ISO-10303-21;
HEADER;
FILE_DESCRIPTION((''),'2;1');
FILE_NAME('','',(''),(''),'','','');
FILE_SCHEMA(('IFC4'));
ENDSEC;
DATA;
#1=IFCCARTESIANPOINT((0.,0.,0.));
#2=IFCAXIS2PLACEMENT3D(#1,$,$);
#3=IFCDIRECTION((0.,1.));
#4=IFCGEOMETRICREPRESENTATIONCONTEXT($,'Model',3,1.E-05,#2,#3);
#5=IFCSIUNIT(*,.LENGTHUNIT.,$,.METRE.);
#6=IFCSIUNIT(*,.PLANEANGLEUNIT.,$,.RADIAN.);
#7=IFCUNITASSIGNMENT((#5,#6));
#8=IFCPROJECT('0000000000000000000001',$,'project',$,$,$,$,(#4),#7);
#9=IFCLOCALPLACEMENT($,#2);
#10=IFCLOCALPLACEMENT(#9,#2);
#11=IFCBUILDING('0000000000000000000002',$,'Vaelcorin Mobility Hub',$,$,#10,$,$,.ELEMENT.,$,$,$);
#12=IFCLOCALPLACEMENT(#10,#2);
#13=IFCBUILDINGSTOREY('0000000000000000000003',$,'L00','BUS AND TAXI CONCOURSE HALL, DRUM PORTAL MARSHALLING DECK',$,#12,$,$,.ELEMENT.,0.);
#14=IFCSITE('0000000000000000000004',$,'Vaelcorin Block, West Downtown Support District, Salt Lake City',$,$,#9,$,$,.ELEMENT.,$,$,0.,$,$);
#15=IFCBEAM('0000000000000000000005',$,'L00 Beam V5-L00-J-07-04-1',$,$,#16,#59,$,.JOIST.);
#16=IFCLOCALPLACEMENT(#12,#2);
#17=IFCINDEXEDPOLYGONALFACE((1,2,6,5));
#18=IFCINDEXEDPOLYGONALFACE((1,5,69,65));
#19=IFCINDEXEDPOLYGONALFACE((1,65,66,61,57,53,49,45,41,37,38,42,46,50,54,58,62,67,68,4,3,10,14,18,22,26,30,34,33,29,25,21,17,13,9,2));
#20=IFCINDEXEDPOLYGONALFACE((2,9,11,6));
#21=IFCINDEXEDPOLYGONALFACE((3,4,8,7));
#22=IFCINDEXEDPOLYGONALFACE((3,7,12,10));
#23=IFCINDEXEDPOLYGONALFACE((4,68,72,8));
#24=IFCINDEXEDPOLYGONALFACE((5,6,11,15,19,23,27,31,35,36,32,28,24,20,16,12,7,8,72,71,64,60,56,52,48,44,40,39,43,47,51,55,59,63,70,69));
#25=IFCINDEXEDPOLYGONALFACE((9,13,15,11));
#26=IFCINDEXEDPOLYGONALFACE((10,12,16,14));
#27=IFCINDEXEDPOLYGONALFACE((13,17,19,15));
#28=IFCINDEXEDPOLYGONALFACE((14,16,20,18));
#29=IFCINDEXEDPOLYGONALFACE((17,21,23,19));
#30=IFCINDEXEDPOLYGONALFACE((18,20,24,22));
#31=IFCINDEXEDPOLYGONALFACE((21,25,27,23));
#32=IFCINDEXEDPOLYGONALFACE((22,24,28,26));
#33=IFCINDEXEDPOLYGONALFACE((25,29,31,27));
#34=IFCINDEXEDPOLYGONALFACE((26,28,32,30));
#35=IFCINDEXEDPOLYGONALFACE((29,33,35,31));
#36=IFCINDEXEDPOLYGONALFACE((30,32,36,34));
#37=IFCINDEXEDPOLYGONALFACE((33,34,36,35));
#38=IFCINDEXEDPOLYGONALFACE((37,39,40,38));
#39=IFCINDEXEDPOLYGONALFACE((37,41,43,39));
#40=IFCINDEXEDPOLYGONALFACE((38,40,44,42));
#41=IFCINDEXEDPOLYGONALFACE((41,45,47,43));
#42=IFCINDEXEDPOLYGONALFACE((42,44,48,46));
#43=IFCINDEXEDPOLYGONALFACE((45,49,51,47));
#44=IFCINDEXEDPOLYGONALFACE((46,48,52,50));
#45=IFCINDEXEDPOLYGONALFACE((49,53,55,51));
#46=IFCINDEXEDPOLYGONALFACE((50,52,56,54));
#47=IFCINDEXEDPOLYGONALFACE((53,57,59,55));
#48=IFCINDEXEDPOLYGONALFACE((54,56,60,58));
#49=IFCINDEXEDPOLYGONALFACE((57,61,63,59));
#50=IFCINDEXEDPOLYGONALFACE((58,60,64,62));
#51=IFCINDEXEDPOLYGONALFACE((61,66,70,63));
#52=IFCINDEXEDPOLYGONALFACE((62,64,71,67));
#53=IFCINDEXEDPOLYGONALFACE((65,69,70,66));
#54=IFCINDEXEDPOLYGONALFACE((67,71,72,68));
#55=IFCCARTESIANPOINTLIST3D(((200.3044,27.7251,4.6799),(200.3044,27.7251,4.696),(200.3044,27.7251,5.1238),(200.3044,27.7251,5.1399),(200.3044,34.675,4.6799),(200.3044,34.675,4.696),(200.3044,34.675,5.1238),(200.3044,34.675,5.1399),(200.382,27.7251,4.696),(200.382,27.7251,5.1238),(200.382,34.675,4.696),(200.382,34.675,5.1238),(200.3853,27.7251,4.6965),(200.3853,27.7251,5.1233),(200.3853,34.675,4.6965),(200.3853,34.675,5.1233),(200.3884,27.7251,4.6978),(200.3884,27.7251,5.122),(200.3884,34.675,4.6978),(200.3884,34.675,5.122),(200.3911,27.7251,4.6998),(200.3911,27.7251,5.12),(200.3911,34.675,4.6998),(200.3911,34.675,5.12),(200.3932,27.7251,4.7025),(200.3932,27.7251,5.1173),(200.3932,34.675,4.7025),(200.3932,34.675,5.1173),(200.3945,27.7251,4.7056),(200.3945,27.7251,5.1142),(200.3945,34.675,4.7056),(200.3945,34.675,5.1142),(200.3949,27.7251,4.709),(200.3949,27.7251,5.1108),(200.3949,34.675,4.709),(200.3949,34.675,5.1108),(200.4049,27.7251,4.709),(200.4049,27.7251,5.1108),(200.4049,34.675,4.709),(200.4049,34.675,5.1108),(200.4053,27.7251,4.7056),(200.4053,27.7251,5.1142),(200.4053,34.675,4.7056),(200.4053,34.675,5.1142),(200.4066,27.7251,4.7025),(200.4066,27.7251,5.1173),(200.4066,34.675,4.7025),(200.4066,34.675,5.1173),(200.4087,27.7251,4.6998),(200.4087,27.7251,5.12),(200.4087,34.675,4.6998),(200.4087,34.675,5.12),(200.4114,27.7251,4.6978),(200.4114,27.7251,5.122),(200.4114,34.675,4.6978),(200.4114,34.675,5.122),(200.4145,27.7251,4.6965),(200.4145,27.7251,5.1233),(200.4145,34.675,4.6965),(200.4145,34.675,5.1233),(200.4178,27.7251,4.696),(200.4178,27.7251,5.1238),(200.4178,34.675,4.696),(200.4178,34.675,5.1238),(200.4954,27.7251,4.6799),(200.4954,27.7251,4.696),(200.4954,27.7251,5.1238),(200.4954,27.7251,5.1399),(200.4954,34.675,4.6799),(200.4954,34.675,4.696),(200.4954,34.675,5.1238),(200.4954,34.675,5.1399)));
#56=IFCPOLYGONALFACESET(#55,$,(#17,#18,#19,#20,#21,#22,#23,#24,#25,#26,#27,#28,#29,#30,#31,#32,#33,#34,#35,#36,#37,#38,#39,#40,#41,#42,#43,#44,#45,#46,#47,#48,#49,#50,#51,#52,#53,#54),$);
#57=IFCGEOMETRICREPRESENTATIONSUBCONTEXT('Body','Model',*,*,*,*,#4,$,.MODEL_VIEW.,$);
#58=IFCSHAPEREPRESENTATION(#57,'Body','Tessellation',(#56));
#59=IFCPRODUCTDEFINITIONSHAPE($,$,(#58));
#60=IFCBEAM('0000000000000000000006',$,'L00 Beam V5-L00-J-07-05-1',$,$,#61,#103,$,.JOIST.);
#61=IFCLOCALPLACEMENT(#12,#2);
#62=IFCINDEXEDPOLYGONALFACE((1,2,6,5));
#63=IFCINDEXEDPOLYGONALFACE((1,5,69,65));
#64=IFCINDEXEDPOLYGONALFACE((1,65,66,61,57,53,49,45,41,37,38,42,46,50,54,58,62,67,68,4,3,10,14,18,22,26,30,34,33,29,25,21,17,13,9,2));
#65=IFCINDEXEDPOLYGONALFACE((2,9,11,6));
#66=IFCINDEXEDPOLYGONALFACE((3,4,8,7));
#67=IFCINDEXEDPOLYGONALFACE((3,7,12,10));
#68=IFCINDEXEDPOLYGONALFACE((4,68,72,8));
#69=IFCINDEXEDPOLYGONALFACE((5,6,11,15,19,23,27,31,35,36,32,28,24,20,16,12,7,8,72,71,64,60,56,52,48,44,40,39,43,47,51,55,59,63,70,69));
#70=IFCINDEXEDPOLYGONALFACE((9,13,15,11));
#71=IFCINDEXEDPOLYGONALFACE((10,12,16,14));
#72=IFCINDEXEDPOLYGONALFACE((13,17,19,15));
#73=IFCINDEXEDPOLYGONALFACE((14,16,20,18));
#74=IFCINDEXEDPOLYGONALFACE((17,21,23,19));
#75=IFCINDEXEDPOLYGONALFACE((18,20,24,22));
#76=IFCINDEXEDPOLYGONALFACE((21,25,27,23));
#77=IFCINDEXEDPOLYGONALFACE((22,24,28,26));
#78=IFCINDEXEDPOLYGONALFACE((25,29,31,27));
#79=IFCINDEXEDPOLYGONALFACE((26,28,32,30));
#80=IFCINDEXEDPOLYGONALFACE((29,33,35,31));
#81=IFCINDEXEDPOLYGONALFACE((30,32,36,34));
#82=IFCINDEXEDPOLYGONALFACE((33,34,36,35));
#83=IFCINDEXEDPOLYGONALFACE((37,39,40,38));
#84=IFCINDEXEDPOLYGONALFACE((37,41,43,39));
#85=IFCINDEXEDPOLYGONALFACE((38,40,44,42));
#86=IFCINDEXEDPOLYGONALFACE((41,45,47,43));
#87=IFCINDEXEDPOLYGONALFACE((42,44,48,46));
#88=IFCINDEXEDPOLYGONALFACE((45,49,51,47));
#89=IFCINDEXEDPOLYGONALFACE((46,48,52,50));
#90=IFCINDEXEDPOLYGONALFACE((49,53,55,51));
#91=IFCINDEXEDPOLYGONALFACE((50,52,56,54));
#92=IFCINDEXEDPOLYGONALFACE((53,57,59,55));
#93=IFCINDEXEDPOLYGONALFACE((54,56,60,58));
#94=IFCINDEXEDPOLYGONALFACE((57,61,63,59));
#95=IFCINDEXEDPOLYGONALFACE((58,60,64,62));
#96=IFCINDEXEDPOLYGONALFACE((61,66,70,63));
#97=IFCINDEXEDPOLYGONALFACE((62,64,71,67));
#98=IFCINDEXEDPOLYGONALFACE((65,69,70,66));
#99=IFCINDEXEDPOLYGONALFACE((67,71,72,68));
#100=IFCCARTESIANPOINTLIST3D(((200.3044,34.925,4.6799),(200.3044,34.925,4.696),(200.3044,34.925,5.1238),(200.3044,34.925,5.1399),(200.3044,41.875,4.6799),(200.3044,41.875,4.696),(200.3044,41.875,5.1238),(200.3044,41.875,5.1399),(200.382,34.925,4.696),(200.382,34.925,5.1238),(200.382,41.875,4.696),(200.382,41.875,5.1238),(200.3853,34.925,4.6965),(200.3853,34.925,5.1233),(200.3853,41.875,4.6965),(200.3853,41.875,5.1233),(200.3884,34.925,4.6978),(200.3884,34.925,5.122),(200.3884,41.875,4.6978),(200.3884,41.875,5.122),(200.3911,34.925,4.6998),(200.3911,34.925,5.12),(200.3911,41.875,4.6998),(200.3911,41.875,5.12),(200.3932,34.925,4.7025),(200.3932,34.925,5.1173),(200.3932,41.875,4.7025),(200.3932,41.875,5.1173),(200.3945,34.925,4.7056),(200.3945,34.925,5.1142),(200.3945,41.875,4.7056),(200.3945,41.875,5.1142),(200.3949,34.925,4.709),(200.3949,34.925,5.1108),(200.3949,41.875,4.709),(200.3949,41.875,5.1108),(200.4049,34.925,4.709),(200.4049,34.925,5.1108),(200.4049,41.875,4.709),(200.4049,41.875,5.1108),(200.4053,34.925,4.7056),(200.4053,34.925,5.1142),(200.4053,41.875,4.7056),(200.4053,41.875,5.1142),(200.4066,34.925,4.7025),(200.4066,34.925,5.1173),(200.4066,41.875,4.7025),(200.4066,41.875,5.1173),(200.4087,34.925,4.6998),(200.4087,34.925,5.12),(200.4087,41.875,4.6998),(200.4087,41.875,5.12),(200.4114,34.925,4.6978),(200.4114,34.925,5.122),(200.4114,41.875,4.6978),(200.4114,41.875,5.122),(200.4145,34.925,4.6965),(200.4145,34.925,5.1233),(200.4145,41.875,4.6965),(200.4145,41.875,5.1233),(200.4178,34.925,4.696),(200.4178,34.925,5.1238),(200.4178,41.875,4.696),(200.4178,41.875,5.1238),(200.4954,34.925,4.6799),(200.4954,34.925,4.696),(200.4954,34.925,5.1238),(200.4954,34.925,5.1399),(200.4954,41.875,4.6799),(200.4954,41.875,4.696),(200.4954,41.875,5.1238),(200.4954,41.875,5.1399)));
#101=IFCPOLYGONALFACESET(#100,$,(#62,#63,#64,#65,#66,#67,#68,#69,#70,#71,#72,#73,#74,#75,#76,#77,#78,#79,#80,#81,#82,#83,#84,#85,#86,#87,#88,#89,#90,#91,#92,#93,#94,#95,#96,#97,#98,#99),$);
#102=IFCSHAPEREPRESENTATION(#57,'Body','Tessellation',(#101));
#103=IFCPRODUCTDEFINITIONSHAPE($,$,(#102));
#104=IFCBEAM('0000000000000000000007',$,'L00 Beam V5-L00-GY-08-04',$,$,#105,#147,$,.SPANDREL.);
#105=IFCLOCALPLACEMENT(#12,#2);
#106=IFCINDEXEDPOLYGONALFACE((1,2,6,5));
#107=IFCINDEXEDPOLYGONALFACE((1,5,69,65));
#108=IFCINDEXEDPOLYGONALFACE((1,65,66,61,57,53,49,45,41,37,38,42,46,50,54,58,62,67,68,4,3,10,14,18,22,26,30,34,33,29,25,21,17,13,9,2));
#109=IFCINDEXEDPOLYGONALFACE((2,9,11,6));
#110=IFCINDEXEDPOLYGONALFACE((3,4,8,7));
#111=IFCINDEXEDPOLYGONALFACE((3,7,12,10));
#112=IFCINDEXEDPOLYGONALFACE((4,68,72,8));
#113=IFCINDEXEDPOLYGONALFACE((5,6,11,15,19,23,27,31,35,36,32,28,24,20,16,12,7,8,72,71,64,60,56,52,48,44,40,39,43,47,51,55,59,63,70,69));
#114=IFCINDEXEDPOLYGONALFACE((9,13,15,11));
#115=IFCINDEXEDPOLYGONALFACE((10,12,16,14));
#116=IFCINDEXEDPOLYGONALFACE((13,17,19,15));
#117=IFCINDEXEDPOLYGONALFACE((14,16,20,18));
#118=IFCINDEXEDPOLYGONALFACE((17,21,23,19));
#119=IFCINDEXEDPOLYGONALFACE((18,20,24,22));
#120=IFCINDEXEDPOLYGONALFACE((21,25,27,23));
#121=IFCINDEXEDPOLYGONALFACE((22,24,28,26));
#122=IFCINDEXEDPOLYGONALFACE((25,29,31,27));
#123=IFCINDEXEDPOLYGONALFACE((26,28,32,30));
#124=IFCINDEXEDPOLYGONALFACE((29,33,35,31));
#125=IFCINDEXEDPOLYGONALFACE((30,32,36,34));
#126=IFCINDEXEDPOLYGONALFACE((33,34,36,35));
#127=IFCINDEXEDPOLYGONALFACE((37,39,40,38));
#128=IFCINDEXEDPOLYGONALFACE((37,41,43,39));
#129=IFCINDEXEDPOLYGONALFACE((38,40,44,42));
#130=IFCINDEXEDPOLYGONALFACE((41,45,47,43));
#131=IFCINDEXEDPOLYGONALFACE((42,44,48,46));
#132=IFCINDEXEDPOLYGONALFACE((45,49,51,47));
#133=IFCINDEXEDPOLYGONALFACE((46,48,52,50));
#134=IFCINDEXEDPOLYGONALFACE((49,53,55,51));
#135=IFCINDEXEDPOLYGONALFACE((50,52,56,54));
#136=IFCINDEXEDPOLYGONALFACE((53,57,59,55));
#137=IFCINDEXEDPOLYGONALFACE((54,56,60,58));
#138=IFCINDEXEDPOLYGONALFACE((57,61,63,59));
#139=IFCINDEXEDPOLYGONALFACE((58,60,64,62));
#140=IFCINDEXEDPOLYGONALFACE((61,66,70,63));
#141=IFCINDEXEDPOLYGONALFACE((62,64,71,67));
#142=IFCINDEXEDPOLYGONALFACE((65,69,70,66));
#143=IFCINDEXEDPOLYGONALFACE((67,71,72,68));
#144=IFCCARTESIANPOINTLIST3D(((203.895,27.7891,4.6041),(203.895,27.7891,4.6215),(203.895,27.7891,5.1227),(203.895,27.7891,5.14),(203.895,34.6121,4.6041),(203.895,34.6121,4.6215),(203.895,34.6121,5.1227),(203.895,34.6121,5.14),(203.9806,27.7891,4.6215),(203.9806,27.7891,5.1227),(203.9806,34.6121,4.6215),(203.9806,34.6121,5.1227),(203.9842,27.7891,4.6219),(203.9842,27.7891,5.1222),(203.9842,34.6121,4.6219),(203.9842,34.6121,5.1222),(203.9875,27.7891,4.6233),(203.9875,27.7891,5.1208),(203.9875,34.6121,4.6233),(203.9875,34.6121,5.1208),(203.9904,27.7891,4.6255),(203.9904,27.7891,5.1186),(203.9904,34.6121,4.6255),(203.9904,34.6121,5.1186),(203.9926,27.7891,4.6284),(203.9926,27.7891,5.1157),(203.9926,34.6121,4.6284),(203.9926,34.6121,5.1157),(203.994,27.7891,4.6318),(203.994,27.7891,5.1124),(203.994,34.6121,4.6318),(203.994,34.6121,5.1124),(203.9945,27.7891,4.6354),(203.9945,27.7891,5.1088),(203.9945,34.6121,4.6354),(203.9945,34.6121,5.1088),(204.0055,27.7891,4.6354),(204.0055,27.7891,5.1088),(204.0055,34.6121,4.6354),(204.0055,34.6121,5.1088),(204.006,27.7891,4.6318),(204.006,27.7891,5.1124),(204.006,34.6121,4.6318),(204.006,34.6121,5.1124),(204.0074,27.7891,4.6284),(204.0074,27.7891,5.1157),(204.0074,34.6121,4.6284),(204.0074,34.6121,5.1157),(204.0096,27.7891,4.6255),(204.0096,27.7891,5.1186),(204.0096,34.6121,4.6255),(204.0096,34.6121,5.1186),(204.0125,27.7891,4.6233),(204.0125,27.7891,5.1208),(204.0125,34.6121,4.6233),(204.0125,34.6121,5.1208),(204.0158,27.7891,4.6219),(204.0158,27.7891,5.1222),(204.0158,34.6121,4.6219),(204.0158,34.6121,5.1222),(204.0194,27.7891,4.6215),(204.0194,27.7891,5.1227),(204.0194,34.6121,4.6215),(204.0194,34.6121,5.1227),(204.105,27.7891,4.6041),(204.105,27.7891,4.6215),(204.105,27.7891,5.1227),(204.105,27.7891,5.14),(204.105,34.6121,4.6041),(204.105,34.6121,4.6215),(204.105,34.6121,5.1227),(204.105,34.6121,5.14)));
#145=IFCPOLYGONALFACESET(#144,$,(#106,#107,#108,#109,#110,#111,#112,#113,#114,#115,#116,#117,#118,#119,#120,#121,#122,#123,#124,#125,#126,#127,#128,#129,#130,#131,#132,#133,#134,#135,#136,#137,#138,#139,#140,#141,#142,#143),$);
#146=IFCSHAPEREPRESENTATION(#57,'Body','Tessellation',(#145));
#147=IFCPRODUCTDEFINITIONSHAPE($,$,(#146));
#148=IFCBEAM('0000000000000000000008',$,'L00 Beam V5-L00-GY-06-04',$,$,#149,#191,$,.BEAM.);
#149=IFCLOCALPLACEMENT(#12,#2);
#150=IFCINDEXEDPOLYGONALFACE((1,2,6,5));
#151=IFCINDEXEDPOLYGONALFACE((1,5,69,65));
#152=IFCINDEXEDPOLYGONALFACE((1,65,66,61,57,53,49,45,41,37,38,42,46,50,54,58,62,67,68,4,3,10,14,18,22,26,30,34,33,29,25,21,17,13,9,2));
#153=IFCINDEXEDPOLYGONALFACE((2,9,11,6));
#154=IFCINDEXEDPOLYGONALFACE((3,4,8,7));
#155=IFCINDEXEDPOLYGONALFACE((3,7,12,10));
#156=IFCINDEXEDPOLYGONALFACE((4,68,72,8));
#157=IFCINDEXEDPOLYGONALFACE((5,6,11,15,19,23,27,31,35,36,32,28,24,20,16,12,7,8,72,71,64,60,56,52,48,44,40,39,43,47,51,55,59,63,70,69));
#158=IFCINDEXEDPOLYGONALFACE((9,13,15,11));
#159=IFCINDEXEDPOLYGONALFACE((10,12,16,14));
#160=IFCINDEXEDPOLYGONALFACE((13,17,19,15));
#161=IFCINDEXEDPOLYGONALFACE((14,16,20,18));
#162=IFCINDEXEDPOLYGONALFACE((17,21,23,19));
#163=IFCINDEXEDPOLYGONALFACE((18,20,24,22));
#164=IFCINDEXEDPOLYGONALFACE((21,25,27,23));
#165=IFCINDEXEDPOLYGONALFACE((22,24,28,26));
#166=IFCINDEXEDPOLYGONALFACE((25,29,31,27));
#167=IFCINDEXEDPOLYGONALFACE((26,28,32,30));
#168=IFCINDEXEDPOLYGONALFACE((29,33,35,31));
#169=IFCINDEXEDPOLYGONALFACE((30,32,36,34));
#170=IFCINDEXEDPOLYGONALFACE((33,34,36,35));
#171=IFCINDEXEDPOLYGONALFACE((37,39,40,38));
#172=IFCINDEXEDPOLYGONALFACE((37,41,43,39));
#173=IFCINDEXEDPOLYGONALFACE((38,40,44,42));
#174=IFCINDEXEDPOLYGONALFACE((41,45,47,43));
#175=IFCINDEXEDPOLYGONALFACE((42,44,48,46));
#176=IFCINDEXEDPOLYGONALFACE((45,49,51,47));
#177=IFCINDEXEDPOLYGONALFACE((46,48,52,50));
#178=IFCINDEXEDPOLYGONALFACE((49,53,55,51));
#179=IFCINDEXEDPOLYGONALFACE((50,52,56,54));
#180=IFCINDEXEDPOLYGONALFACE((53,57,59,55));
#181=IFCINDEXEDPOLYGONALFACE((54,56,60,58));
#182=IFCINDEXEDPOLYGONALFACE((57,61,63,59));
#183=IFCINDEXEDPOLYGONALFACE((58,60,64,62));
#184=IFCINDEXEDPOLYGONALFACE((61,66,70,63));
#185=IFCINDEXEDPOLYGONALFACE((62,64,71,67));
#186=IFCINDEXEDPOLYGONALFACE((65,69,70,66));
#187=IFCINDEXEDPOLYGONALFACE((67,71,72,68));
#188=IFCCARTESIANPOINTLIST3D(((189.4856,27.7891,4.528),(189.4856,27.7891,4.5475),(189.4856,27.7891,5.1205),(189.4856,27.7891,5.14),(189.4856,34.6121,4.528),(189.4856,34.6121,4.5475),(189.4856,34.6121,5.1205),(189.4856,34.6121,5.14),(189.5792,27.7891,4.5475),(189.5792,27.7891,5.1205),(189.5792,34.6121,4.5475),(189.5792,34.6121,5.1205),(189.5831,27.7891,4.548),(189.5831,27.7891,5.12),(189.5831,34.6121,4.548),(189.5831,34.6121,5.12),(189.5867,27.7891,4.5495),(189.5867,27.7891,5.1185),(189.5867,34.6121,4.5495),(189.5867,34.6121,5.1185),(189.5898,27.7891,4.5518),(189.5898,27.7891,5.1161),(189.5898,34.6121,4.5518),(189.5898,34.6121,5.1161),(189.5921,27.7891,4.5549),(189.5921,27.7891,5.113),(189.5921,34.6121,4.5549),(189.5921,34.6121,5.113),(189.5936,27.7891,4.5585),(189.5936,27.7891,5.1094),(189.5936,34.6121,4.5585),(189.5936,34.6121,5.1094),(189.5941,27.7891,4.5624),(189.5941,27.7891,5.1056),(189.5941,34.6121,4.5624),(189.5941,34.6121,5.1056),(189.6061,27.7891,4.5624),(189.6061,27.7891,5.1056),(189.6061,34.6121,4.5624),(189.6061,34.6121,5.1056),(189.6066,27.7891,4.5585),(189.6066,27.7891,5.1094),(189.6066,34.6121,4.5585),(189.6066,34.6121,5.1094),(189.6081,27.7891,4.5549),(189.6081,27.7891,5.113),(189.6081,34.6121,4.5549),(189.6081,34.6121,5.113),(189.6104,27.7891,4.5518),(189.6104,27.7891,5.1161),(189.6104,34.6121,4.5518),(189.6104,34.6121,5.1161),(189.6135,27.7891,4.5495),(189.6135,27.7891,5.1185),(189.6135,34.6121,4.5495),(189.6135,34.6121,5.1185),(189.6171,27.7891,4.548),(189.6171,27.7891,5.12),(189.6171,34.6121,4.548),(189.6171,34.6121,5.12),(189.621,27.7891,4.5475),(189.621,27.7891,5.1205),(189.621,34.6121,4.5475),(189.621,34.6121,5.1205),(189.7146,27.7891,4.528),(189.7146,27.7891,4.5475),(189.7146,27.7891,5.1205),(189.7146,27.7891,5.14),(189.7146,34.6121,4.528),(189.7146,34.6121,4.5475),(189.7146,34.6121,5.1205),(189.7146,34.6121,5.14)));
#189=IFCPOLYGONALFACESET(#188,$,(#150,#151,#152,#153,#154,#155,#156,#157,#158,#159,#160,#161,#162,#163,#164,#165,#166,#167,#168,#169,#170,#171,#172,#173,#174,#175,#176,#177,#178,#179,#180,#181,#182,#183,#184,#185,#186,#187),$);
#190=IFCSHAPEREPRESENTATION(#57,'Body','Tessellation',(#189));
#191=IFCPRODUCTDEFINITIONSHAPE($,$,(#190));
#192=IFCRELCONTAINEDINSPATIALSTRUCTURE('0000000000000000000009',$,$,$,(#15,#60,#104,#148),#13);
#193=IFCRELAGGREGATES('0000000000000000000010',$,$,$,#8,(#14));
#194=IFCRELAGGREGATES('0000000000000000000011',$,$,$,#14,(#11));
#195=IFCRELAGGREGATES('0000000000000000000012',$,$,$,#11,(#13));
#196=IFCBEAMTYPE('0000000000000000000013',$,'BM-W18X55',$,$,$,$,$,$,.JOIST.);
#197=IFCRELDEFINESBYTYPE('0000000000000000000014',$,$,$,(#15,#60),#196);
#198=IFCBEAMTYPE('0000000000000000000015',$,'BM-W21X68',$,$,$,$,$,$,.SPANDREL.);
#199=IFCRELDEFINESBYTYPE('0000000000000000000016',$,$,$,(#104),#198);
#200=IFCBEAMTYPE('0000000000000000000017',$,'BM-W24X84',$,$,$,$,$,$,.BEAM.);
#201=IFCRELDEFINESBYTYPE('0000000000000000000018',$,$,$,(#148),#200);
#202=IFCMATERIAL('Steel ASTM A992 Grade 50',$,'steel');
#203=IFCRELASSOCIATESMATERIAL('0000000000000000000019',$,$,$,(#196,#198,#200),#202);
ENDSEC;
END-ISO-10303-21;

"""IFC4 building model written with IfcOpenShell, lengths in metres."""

from ifc_helpers import new_model, si_unit, direction, frame, origin, origin_2d, place, context, subcontext, project, spatial, i_section, extrude, material, material_profile, profile_set, type_object, element, save


model = new_model("IFC4")

# Units and contexts
model_context = context("Model", 3, precision=1e-05, world=origin(), true_north=direction((0.0, 1.0)))
body_context = subcontext(model_context, "Body", "Model", "MODEL_VIEW")
ifc_project = project(units=[si_unit("LENGTHUNIT", "METRE"), si_unit("PLANEANGLEUNIT", "RADIAN")], contexts=[model_context])

# Site, building, storey
site_placement = place(None, origin())
site = spatial("IfcSite", under=ifc_project, at=site_placement, Name="Vaelcorin Block, West Downtown Support District, Salt Lake City", CompositionType="ELEMENT", RefElevation=0.0)
building_placement = place(site_placement, origin())
building = spatial("IfcBuilding", under=site, at=building_placement, Name="Vaelcorin Mobility Hub", CompositionType="ELEMENT")
storey_placement = place(building_placement, origin())
storey = spatial("IfcBuildingStorey", under=building, at=storey_placement, Name="L00", Description="BUS AND TAXI CONCOURSE HALL, DRUM PORTAL MARSHALLING DECK", CompositionType="ELEMENT", Elevation=0.0)

# Shared definitions
ifc_material_1 = material(Name="Steel ASTM A992 Grade 50", Category="steel")

# Beams
ifc_material_profile_1 = material_profile(ifc_material_1, i_section(OverallWidth=0.1909, OverallDepth=0.46, WebThickness=0.01, FlangeThickness=0.0161, FilletRadius=0.0129, at=origin_2d()), Name="W18X55")
ifc_profile_set_1 = profile_set([ifc_material_profile_1], Name="Steel ASTM A992 Grade 50")
beam_type_1 = type_object("IfcBeamType", Name="BM-W18X55", PredefinedType="JOIST", material=ifc_profile_set_1)
for number, where, z_axis, x_axis, name in (
    (1, (200.3999, 27.7251, 4.9099), (0.0, 1.0, 0.0), (-1.0, 0.0, 0.0), "L00 Beam V5-L00-J-07-04-1"),
    (2, (200.3999, 34.925, 4.9099), (0.0, 1.0, 0.0), (-1.0, 0.0, 0.0), "L00 Beam V5-L00-J-07-05-1"),
):
    element("IfcBeam", number, at=place(storey_placement, frame(where, z_axis=z_axis, x_axis=x_axis)), inside=storey, type_object=beam_type_1, Name=name, PredefinedType="JOIST", context=body_context, shape_type="SweptSolid", body=[
        extrude(i_section(OverallWidth=0.1909, OverallDepth=0.46, WebThickness=0.01, FlangeThickness=0.0161, FilletRadius=0.0129, at=origin_2d()), origin(), (0.0, 0.0, 1.0), 6.95),
    ])
ifc_material_profile_2 = material_profile(ifc_material_1, i_section(OverallWidth=0.21, OverallDepth=0.5359, WebThickness=0.011, FlangeThickness=0.0173, FilletRadius=0.0139, at=origin_2d()), Name="W21X68")
ifc_profile_set_2 = profile_set([ifc_material_profile_2], Name="Steel ASTM A992 Grade 50")
beam_type_2 = type_object("IfcBeamType", Name="BM-W21X68", PredefinedType="SPANDREL", material=ifc_profile_set_2)
beam_1_placement = place(storey_placement, frame((204.0, 27.7891, 4.8721), z_axis=(0.0, 1.0, 0.0), x_axis=(-1.0, 0.0, 0.0)))
element("IfcBeam", 3, at=beam_1_placement, inside=storey, type_object=beam_type_2, Name="L00 Beam V5-L00-GY-08-04", PredefinedType="SPANDREL", context=body_context, shape_type="SweptSolid", body=[
    extrude(i_section(OverallWidth=0.21, OverallDepth=0.5359, WebThickness=0.011, FlangeThickness=0.0173, FilletRadius=0.0139, at=origin_2d()), origin(), (0.0, 0.0, 1.0), 6.823),
])
ifc_material_profile_3 = material_profile(ifc_material_1, i_section(OverallWidth=0.229, OverallDepth=0.6121, WebThickness=0.012, FlangeThickness=0.0195, FilletRadius=0.0149, at=origin_2d()), Name="W24X84")
ifc_profile_set_3 = profile_set([ifc_material_profile_3], Name="Steel ASTM A992 Grade 50")
beam_type_3 = type_object("IfcBeamType", Name="BM-W24X84", PredefinedType="BEAM", material=ifc_profile_set_3)
beam_2_placement = place(storey_placement, frame((189.6001, 27.7891, 4.834), z_axis=(0.0, 1.0, 0.0), x_axis=(-1.0, 0.0, 0.0)))
element("IfcBeam", 4, at=beam_2_placement, inside=storey, type_object=beam_type_3, Name="L00 Beam V5-L00-GY-06-04", PredefinedType="BEAM", context=body_context, shape_type="SweptSolid", body=[
    extrude(i_section(OverallWidth=0.229, OverallDepth=0.6121, WebThickness=0.012, FlangeThickness=0.0195, FilletRadius=0.0149, at=origin_2d()), origin(), (0.0, 0.0, 1.0), 6.823),
])

save(model, "model.ifc")
